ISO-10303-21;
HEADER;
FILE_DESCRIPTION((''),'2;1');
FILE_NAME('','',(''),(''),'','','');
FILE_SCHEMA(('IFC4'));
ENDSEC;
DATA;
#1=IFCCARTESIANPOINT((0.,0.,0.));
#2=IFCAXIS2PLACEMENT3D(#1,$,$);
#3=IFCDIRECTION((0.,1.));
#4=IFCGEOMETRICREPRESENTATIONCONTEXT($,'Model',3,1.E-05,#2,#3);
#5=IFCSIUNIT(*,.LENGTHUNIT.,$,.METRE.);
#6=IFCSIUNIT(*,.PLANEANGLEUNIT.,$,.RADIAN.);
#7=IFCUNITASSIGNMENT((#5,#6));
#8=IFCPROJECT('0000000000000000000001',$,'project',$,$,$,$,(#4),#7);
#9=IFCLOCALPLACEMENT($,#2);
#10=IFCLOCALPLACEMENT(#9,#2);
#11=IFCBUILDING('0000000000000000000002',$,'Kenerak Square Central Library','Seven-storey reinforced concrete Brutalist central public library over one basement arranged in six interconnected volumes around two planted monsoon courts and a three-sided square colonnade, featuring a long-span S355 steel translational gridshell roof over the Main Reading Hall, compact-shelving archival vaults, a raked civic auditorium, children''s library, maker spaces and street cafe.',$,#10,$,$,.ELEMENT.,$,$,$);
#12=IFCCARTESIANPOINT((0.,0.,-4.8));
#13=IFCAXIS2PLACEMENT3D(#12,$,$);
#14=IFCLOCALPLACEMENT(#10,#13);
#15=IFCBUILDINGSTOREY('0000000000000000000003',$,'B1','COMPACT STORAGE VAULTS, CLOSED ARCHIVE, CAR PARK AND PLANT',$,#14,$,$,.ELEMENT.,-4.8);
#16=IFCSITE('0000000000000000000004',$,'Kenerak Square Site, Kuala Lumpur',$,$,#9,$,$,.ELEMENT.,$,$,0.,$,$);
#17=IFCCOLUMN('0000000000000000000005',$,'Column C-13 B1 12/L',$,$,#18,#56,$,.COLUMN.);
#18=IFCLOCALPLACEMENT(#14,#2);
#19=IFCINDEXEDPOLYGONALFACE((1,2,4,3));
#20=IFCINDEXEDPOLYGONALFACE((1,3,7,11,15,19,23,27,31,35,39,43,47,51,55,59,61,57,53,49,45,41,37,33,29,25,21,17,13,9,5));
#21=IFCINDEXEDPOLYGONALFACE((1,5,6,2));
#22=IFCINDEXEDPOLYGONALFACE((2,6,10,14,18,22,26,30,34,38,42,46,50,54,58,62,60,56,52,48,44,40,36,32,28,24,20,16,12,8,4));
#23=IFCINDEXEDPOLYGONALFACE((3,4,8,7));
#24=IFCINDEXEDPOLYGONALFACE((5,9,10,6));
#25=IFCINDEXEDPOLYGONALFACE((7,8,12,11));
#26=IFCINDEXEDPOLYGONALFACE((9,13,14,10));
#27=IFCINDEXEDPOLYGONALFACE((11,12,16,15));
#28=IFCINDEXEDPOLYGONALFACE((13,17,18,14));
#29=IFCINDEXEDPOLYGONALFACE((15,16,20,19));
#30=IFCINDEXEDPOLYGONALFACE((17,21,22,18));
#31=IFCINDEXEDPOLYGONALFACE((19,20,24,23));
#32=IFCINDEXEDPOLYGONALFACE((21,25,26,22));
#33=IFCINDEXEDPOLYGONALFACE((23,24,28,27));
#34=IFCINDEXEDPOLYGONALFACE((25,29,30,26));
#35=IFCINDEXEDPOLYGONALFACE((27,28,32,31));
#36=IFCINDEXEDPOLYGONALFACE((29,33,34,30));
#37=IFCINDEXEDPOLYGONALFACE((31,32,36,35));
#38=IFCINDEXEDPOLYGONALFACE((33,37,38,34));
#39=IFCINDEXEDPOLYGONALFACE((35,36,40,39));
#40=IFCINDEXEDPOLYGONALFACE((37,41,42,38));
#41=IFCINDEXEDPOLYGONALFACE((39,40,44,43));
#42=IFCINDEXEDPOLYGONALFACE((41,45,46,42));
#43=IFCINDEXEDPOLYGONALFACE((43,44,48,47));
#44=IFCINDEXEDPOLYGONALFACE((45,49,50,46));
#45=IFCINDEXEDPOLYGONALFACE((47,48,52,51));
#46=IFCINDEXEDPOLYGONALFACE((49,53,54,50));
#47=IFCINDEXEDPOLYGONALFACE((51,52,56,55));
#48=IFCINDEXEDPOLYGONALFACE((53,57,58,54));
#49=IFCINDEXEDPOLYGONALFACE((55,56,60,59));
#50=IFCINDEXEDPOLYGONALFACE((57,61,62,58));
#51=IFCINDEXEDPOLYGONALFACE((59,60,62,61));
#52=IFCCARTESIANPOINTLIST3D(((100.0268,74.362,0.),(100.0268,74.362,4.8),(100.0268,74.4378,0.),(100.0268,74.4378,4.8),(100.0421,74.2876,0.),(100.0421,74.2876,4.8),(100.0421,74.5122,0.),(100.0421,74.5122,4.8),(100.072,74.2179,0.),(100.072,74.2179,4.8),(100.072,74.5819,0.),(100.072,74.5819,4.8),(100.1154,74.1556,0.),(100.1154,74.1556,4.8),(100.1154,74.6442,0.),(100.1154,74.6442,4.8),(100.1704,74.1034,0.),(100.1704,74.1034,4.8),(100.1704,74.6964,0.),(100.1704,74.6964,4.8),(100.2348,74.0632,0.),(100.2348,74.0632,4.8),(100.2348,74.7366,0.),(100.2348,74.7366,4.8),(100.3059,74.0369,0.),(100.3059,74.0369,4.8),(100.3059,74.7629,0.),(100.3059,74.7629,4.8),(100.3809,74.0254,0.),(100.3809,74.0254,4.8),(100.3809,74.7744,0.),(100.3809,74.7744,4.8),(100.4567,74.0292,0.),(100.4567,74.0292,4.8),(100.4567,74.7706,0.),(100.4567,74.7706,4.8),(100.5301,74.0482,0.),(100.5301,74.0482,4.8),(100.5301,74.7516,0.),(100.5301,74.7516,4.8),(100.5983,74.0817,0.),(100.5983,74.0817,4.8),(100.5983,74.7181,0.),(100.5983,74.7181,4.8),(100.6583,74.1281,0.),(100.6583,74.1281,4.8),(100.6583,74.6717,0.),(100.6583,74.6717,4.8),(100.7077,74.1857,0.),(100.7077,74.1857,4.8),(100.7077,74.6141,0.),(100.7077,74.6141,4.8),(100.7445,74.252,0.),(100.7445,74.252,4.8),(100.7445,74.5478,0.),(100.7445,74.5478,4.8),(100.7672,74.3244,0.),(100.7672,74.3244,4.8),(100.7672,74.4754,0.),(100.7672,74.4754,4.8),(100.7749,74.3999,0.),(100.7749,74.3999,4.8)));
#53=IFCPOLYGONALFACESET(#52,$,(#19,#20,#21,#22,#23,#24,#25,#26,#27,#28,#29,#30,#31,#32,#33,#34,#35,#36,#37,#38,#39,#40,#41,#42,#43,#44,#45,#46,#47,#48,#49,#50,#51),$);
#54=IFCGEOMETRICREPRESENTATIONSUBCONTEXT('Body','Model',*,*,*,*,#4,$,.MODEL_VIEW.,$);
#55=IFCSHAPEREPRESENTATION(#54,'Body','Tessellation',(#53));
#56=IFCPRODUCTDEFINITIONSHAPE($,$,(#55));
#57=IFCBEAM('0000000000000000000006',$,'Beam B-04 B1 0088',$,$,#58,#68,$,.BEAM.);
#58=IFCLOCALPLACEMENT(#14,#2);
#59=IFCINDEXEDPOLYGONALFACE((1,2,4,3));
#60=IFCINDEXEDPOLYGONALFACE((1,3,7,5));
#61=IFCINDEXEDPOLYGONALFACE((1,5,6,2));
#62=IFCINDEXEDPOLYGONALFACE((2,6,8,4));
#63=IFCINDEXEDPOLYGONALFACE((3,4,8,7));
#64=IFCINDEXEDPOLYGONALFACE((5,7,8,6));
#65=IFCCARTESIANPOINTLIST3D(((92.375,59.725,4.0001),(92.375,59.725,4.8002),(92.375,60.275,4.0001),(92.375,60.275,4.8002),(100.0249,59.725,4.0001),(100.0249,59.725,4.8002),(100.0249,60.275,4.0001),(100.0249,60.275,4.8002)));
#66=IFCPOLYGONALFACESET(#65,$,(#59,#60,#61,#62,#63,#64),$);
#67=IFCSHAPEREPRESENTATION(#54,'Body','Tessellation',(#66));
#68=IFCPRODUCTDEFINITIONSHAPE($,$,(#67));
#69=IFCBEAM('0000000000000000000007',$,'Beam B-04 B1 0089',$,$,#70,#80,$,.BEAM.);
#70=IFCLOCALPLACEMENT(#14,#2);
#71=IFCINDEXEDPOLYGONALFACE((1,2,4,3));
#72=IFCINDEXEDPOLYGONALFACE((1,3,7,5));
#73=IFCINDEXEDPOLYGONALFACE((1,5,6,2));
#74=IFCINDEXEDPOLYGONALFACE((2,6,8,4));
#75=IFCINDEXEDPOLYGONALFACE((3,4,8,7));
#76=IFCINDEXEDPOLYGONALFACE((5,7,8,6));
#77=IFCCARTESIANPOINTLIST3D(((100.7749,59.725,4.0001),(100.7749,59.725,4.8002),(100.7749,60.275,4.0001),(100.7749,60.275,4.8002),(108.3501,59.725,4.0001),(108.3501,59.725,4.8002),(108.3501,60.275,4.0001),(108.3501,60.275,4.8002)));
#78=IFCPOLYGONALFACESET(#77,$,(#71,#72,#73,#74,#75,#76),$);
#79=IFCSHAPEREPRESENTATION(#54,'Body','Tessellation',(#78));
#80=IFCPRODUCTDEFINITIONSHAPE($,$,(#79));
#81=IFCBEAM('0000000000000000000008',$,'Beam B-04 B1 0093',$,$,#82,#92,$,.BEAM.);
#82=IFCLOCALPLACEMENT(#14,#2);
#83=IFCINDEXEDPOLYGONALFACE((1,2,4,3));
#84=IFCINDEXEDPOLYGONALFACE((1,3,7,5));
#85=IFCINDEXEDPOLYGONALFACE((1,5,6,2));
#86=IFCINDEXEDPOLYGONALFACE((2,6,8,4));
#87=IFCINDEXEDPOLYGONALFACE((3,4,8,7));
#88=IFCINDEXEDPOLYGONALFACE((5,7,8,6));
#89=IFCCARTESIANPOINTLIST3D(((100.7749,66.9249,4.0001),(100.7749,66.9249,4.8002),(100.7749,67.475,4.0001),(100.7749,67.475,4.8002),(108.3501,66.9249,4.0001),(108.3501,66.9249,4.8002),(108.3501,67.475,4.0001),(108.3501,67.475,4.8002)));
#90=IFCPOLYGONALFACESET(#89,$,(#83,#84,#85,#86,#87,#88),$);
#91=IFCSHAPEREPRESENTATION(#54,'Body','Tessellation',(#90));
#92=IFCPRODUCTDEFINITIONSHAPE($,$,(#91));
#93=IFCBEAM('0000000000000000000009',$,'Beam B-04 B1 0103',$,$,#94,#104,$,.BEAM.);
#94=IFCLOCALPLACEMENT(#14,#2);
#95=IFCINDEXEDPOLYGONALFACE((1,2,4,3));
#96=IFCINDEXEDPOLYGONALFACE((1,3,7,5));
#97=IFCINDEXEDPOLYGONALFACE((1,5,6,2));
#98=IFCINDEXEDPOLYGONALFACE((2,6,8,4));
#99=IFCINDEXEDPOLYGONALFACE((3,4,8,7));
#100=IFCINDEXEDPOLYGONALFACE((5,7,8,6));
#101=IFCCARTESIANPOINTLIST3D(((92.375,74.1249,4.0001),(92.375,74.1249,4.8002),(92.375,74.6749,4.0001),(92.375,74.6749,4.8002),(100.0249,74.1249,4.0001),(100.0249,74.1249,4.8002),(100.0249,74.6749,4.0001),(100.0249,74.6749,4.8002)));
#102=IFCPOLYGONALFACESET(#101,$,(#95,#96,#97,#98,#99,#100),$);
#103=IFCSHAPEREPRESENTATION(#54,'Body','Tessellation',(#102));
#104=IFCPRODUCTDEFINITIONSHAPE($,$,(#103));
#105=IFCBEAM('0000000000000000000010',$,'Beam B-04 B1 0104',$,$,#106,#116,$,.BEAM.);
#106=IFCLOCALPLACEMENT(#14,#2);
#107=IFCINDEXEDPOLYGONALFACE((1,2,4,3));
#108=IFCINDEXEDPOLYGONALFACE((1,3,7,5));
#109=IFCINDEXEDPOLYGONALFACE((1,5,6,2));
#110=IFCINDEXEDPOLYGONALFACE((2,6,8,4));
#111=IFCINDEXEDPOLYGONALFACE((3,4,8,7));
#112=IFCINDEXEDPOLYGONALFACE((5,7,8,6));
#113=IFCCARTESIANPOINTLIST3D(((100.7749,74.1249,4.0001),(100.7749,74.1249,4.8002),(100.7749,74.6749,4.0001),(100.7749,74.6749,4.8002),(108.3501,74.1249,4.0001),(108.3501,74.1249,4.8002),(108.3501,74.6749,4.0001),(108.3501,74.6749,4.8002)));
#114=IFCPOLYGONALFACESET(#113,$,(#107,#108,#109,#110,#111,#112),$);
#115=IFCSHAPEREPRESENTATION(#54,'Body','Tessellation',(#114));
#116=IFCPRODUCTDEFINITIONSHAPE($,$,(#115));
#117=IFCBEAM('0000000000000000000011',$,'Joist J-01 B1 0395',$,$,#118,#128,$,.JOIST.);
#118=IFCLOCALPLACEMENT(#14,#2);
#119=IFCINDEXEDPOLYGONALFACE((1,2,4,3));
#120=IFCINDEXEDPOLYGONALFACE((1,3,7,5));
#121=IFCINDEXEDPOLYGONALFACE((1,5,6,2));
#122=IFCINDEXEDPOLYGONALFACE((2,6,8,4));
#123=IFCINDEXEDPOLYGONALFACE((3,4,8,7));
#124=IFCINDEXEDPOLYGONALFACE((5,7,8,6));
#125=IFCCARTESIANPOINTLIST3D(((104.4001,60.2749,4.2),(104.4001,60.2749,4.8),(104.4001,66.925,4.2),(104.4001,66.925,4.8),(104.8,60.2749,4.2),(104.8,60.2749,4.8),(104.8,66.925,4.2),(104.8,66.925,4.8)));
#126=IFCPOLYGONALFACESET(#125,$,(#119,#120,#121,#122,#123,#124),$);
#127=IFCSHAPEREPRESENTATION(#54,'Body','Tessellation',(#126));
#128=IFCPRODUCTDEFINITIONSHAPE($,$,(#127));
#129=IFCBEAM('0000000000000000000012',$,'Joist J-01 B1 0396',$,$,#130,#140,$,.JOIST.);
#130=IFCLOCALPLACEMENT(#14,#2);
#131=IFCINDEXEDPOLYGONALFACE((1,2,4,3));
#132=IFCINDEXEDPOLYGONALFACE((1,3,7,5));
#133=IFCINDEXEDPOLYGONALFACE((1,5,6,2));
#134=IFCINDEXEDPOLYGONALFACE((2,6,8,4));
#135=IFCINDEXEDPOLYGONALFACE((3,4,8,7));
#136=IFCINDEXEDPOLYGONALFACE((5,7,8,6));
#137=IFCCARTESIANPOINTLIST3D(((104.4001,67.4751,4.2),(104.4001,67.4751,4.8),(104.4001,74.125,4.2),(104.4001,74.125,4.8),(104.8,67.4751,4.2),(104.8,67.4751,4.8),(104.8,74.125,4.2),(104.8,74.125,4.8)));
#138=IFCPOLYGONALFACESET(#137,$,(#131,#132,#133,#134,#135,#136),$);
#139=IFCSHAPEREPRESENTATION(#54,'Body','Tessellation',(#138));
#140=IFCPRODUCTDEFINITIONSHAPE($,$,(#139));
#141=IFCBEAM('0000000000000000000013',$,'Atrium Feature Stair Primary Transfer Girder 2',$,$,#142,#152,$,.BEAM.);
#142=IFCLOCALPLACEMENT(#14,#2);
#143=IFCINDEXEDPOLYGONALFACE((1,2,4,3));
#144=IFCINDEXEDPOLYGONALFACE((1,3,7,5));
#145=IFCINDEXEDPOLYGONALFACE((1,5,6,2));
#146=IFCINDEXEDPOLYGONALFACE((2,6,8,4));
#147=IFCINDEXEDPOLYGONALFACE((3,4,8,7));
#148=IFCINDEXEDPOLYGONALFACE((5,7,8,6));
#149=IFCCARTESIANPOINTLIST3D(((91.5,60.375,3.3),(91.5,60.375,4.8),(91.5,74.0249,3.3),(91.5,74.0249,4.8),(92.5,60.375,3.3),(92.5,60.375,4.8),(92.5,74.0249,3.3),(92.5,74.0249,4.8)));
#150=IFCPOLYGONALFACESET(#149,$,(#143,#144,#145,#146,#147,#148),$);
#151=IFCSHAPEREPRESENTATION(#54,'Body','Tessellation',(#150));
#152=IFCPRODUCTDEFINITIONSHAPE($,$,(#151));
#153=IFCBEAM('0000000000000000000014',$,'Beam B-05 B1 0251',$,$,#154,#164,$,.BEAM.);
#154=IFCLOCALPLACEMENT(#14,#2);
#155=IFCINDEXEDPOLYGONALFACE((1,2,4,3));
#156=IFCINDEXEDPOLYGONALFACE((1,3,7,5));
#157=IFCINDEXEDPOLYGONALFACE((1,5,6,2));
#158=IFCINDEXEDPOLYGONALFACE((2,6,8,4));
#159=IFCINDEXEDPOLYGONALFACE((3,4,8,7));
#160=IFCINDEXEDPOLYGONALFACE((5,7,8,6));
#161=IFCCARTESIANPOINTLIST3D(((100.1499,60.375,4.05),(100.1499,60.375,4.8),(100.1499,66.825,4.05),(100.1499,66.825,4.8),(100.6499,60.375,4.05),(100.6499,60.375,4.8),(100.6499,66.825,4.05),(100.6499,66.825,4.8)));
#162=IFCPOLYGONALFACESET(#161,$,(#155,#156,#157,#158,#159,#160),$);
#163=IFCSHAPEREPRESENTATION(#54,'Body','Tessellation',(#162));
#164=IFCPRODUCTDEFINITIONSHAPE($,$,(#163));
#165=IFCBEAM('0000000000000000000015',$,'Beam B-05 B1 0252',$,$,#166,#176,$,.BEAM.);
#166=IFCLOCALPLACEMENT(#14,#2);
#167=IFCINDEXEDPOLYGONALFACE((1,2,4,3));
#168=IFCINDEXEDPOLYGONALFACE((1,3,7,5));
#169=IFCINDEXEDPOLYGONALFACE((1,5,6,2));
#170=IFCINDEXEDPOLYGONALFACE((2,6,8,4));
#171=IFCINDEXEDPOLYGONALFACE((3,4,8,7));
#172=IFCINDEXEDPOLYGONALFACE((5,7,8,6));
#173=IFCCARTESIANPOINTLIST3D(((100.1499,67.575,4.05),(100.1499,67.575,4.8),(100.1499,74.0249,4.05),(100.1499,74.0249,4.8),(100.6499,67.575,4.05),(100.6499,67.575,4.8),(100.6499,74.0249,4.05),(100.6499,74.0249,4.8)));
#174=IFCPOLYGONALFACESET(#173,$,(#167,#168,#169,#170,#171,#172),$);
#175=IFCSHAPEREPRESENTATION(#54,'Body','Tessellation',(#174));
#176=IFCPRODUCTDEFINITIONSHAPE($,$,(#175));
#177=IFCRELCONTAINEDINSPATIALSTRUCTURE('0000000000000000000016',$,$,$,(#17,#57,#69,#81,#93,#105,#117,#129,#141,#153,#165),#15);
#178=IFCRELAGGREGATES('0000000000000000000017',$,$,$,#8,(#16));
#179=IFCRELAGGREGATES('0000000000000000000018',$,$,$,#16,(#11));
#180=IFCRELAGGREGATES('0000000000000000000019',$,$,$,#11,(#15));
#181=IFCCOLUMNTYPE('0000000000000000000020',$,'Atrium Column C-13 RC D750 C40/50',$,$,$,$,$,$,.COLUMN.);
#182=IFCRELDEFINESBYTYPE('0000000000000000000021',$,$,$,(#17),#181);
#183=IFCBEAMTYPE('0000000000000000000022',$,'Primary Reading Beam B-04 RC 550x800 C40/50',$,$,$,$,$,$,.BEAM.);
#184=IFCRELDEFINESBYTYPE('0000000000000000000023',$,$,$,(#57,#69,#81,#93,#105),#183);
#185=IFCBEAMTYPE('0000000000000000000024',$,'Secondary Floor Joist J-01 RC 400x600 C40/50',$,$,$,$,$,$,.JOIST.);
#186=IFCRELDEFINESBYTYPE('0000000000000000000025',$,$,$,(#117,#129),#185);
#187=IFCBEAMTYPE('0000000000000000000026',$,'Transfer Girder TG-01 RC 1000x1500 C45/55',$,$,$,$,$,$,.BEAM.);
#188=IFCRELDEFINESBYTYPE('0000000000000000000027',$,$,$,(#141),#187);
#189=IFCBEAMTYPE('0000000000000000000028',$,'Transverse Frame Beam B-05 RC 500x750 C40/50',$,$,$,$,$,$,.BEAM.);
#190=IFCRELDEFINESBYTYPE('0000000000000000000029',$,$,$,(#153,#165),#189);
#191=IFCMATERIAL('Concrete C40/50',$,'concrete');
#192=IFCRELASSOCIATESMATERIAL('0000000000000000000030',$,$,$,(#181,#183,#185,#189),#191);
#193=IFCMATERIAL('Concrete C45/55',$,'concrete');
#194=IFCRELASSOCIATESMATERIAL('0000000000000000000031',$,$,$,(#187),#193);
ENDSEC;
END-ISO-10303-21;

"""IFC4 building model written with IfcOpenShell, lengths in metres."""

from ifc_helpers import new_model, si_unit, direction, frame, origin, origin_2d, place, context, subcontext, project, spatial, rectangle, circle, extrude, material, material_profile, profile_set, type_object, element, save


model = new_model("IFC4")

# Units and contexts
model_context = context("Model", 3, precision=1e-05, world=origin(), true_north=direction((0.0, 1.0)))
body_context = subcontext(model_context, "Body", "Model", "MODEL_VIEW")
ifc_project = project(units=[si_unit("LENGTHUNIT", "METRE"), si_unit("PLANEANGLEUNIT", "RADIAN")], contexts=[model_context])

# Site, building, storey
site_placement = place(None, origin())
site = spatial("IfcSite", under=ifc_project, at=site_placement, Name="Kenerak Square Site, Kuala Lumpur", CompositionType="ELEMENT", RefElevation=0.0)
building_placement = place(site_placement, origin())
building = spatial("IfcBuilding", under=site, at=building_placement, Name="Kenerak Square Central Library", Description="Seven-storey reinforced concrete Brutalist central public library over one basement arranged in six interconnected volumes around two planted monsoon courts and a three-sided square colonnade, featuring a long-span S355 steel translational gridshell roof over the Main Reading Hall, compact-shelving archival vaults, a raked civic auditorium, children's library, maker spaces and street cafe.", CompositionType="ELEMENT")
storey_placement = place(building_placement, frame((0.0, 0.0, -4.8)))
storey = spatial("IfcBuildingStorey", under=building, at=storey_placement, Name="B1", Description="COMPACT STORAGE VAULTS, CLOSED ARCHIVE, CAR PARK AND PLANT", CompositionType="ELEMENT", Elevation=-4.8)

# Shared definitions
ifc_material_1 = material(Name="Concrete C40/50", Category="concrete")

# Column
ifc_material_profile_1 = material_profile(ifc_material_1, circle(Radius=0.375, at=origin_2d()), Name="RC D750")
ifc_profile_set_1 = profile_set([ifc_material_profile_1], Name="Concrete C40/50")
column_type = type_object("IfcColumnType", Name="Atrium Column C-13 RC D750 C40/50", PredefinedType="COLUMN", material=ifc_profile_set_1)
for number, where, z_axis, x_axis, name in (
    (1, (100.3999, 74.3999, 0.0), (0.0, 0.0, 1.0), (1.0, 0.0, 0.0), "Column C-13 B1 12/L"),
):
    element("IfcColumn", number, at=place(storey_placement, frame(where, z_axis=z_axis, x_axis=x_axis)), inside=storey, type_object=column_type, Name=name, PredefinedType="COLUMN", context=body_context, shape_type="SweptSolid", body=[
        extrude(circle(Radius=0.375, at=origin_2d()), origin(), (0.0, 0.0, 1.0), 4.8),
    ])

# Beams
ifc_material_profile_2 = material_profile(ifc_material_1, rectangle(XDim=0.55, YDim=0.8, at=origin_2d()), Name="RC 550x800")
ifc_profile_set_2 = profile_set([ifc_material_profile_2], Name="Concrete C40/50")
beam_type_1 = type_object("IfcBeamType", Name="Primary Reading Beam B-04 RC 550x800 C40/50", PredefinedType="BEAM", material=ifc_profile_set_2)
beam_1_placement = place(storey_placement, frame((92.375, 60.0, 4.4001), z_axis=(1.0, 0.0, 0.0), x_axis=(0.0, 1.0, 0.0)))
element("IfcBeam", 2, at=beam_1_placement, inside=storey, type_object=beam_type_1, Name="Beam B-04 B1 0088", PredefinedType="BEAM", context=body_context, shape_type="SweptSolid", body=[
    extrude(rectangle(XDim=0.55, YDim=0.8, at=origin_2d()), origin(), (0.0, 0.0, 1.0), 7.6499),
])
for number, where, z_axis, x_axis, name in (
    (3, (100.7749, 60.0, 4.4001), (1.0, 0.0, 0.0), (0.0, 1.0, 0.0), "Beam B-04 B1 0089"),
    (4, (100.7749, 67.2, 4.4001), (1.0, 0.0, 0.0), (0.0, 1.0, 0.0), "Beam B-04 B1 0093"),
):
    element("IfcBeam", number, at=place(storey_placement, frame(where, z_axis=z_axis, x_axis=x_axis)), inside=storey, type_object=beam_type_1, Name=name, PredefinedType="BEAM", context=body_context, shape_type="SweptSolid", body=[
        extrude(rectangle(XDim=0.55, YDim=0.8, at=origin_2d()), origin(), (0.0, 0.0, 1.0), 7.5752),
    ])
beam_2_placement = place(storey_placement, frame((92.375, 74.3999, 4.4001), z_axis=(1.0, 0.0, 0.0), x_axis=(0.0, 1.0, 0.0)))
element("IfcBeam", 5, at=beam_2_placement, inside=storey, type_object=beam_type_1, Name="Beam B-04 B1 0103", PredefinedType="BEAM", context=body_context, shape_type="SweptSolid", body=[
    extrude(rectangle(XDim=0.55, YDim=0.8, at=origin_2d()), origin(), (0.0, 0.0, 1.0), 7.6499),
])
beam_3_placement = place(storey_placement, frame((100.7749, 74.3999, 4.4001), z_axis=(1.0, 0.0, 0.0), x_axis=(0.0, 1.0, 0.0)))
element("IfcBeam", 6, at=beam_3_placement, inside=storey, type_object=beam_type_1, Name="Beam B-04 B1 0104", PredefinedType="BEAM", context=body_context, shape_type="SweptSolid", body=[
    extrude(rectangle(XDim=0.55, YDim=0.8, at=origin_2d()), origin(), (0.0, 0.0, 1.0), 7.5752),
])
ifc_material_profile_3 = material_profile(ifc_material_1, rectangle(XDim=0.3999, YDim=0.6001, at=origin_2d()), Name="RC 400x600")
ifc_profile_set_3 = profile_set([ifc_material_profile_3], Name="Concrete C40/50")
beam_type_2 = type_object("IfcBeamType", Name="Secondary Floor Joist J-01 RC 400x600 C40/50", PredefinedType="JOIST", material=ifc_profile_set_3)
beam_4_placement = place(storey_placement, frame((104.6001, 60.2749, 4.5), z_axis=(0.0, 1.0, 0.0), x_axis=(-1.0, 0.0, 0.0)))
element("IfcBeam", 7, at=beam_4_placement, inside=storey, type_object=beam_type_2, Name="Joist J-01 B1 0395", PredefinedType="JOIST", context=body_context, shape_type="SweptSolid", body=[
    extrude(rectangle(XDim=0.3999, YDim=0.6001, at=origin_2d()), origin(), (0.0, 0.0, 1.0), 6.6501),
])
beam_5_placement = place(storey_placement, frame((104.6001, 67.4751, 4.5), z_axis=(0.0, 1.0, 0.0), x_axis=(-1.0, 0.0, 0.0)))
element("IfcBeam", 8, at=beam_5_placement, inside=storey, type_object=beam_type_2, Name="Joist J-01 B1 0396", PredefinedType="JOIST", context=body_context, shape_type="SweptSolid", body=[
    extrude(rectangle(XDim=0.3999, YDim=0.6001, at=origin_2d()), origin(), (0.0, 0.0, 1.0), 6.6499),
])
ifc_material_2 = material(Name="Concrete C45/55", Category="concrete")
ifc_material_profile_4 = material_profile(ifc_material_2, rectangle(XDim=1.0, YDim=1.5, at=origin_2d()), Name="RC 1000x1500")
ifc_profile_set_4 = profile_set([ifc_material_profile_4], Name="Concrete C45/55")
beam_type_3 = type_object("IfcBeamType", Name="Transfer Girder TG-01 RC 1000x1500 C45/55", PredefinedType="BEAM", material=ifc_profile_set_4)
beam_6_placement = place(storey_placement, frame((92.0, 60.375, 4.05), z_axis=(0.0, 1.0, 0.0), x_axis=(-1.0, 0.0, 0.0)))
element("IfcBeam", 9, at=beam_6_placement, inside=storey, type_object=beam_type_3, Name="Atrium Feature Stair Primary Transfer Girder 2", PredefinedType="BEAM", context=body_context, shape_type="SweptSolid", body=[
    extrude(rectangle(XDim=1.0, YDim=1.5, at=origin_2d()), origin(), (0.0, 0.0, 1.0), 13.6499),
])
ifc_material_profile_5 = material_profile(ifc_material_1, rectangle(XDim=0.5, YDim=0.75, at=origin_2d()), Name="RC 500x750")
ifc_profile_set_5 = profile_set([ifc_material_profile_5], Name="Concrete C40/50")
beam_type_4 = type_object("IfcBeamType", Name="Transverse Frame Beam B-05 RC 500x750 C40/50", PredefinedType="BEAM", material=ifc_profile_set_5)
for number, where, z_axis, x_axis, name in (
    (10, (100.3999, 60.375, 4.425), (0.0, 1.0, 0.0), (-1.0, 0.0, 0.0), "Beam B-05 B1 0251"),
    (11, (100.3999, 67.575, 4.425), (0.0, 1.0, 0.0), (-1.0, 0.0, 0.0), "Beam B-05 B1 0252"),
):
    element("IfcBeam", number, at=place(storey_placement, frame(where, z_axis=z_axis, x_axis=x_axis)), inside=storey, type_object=beam_type_4, Name=name, PredefinedType="BEAM", context=body_context, shape_type="SweptSolid", body=[
        extrude(rectangle(XDim=0.5, YDim=0.75, at=origin_2d()), origin(), (0.0, 0.0, 1.0), 6.45),
    ])

save(model, "model.ifc")
